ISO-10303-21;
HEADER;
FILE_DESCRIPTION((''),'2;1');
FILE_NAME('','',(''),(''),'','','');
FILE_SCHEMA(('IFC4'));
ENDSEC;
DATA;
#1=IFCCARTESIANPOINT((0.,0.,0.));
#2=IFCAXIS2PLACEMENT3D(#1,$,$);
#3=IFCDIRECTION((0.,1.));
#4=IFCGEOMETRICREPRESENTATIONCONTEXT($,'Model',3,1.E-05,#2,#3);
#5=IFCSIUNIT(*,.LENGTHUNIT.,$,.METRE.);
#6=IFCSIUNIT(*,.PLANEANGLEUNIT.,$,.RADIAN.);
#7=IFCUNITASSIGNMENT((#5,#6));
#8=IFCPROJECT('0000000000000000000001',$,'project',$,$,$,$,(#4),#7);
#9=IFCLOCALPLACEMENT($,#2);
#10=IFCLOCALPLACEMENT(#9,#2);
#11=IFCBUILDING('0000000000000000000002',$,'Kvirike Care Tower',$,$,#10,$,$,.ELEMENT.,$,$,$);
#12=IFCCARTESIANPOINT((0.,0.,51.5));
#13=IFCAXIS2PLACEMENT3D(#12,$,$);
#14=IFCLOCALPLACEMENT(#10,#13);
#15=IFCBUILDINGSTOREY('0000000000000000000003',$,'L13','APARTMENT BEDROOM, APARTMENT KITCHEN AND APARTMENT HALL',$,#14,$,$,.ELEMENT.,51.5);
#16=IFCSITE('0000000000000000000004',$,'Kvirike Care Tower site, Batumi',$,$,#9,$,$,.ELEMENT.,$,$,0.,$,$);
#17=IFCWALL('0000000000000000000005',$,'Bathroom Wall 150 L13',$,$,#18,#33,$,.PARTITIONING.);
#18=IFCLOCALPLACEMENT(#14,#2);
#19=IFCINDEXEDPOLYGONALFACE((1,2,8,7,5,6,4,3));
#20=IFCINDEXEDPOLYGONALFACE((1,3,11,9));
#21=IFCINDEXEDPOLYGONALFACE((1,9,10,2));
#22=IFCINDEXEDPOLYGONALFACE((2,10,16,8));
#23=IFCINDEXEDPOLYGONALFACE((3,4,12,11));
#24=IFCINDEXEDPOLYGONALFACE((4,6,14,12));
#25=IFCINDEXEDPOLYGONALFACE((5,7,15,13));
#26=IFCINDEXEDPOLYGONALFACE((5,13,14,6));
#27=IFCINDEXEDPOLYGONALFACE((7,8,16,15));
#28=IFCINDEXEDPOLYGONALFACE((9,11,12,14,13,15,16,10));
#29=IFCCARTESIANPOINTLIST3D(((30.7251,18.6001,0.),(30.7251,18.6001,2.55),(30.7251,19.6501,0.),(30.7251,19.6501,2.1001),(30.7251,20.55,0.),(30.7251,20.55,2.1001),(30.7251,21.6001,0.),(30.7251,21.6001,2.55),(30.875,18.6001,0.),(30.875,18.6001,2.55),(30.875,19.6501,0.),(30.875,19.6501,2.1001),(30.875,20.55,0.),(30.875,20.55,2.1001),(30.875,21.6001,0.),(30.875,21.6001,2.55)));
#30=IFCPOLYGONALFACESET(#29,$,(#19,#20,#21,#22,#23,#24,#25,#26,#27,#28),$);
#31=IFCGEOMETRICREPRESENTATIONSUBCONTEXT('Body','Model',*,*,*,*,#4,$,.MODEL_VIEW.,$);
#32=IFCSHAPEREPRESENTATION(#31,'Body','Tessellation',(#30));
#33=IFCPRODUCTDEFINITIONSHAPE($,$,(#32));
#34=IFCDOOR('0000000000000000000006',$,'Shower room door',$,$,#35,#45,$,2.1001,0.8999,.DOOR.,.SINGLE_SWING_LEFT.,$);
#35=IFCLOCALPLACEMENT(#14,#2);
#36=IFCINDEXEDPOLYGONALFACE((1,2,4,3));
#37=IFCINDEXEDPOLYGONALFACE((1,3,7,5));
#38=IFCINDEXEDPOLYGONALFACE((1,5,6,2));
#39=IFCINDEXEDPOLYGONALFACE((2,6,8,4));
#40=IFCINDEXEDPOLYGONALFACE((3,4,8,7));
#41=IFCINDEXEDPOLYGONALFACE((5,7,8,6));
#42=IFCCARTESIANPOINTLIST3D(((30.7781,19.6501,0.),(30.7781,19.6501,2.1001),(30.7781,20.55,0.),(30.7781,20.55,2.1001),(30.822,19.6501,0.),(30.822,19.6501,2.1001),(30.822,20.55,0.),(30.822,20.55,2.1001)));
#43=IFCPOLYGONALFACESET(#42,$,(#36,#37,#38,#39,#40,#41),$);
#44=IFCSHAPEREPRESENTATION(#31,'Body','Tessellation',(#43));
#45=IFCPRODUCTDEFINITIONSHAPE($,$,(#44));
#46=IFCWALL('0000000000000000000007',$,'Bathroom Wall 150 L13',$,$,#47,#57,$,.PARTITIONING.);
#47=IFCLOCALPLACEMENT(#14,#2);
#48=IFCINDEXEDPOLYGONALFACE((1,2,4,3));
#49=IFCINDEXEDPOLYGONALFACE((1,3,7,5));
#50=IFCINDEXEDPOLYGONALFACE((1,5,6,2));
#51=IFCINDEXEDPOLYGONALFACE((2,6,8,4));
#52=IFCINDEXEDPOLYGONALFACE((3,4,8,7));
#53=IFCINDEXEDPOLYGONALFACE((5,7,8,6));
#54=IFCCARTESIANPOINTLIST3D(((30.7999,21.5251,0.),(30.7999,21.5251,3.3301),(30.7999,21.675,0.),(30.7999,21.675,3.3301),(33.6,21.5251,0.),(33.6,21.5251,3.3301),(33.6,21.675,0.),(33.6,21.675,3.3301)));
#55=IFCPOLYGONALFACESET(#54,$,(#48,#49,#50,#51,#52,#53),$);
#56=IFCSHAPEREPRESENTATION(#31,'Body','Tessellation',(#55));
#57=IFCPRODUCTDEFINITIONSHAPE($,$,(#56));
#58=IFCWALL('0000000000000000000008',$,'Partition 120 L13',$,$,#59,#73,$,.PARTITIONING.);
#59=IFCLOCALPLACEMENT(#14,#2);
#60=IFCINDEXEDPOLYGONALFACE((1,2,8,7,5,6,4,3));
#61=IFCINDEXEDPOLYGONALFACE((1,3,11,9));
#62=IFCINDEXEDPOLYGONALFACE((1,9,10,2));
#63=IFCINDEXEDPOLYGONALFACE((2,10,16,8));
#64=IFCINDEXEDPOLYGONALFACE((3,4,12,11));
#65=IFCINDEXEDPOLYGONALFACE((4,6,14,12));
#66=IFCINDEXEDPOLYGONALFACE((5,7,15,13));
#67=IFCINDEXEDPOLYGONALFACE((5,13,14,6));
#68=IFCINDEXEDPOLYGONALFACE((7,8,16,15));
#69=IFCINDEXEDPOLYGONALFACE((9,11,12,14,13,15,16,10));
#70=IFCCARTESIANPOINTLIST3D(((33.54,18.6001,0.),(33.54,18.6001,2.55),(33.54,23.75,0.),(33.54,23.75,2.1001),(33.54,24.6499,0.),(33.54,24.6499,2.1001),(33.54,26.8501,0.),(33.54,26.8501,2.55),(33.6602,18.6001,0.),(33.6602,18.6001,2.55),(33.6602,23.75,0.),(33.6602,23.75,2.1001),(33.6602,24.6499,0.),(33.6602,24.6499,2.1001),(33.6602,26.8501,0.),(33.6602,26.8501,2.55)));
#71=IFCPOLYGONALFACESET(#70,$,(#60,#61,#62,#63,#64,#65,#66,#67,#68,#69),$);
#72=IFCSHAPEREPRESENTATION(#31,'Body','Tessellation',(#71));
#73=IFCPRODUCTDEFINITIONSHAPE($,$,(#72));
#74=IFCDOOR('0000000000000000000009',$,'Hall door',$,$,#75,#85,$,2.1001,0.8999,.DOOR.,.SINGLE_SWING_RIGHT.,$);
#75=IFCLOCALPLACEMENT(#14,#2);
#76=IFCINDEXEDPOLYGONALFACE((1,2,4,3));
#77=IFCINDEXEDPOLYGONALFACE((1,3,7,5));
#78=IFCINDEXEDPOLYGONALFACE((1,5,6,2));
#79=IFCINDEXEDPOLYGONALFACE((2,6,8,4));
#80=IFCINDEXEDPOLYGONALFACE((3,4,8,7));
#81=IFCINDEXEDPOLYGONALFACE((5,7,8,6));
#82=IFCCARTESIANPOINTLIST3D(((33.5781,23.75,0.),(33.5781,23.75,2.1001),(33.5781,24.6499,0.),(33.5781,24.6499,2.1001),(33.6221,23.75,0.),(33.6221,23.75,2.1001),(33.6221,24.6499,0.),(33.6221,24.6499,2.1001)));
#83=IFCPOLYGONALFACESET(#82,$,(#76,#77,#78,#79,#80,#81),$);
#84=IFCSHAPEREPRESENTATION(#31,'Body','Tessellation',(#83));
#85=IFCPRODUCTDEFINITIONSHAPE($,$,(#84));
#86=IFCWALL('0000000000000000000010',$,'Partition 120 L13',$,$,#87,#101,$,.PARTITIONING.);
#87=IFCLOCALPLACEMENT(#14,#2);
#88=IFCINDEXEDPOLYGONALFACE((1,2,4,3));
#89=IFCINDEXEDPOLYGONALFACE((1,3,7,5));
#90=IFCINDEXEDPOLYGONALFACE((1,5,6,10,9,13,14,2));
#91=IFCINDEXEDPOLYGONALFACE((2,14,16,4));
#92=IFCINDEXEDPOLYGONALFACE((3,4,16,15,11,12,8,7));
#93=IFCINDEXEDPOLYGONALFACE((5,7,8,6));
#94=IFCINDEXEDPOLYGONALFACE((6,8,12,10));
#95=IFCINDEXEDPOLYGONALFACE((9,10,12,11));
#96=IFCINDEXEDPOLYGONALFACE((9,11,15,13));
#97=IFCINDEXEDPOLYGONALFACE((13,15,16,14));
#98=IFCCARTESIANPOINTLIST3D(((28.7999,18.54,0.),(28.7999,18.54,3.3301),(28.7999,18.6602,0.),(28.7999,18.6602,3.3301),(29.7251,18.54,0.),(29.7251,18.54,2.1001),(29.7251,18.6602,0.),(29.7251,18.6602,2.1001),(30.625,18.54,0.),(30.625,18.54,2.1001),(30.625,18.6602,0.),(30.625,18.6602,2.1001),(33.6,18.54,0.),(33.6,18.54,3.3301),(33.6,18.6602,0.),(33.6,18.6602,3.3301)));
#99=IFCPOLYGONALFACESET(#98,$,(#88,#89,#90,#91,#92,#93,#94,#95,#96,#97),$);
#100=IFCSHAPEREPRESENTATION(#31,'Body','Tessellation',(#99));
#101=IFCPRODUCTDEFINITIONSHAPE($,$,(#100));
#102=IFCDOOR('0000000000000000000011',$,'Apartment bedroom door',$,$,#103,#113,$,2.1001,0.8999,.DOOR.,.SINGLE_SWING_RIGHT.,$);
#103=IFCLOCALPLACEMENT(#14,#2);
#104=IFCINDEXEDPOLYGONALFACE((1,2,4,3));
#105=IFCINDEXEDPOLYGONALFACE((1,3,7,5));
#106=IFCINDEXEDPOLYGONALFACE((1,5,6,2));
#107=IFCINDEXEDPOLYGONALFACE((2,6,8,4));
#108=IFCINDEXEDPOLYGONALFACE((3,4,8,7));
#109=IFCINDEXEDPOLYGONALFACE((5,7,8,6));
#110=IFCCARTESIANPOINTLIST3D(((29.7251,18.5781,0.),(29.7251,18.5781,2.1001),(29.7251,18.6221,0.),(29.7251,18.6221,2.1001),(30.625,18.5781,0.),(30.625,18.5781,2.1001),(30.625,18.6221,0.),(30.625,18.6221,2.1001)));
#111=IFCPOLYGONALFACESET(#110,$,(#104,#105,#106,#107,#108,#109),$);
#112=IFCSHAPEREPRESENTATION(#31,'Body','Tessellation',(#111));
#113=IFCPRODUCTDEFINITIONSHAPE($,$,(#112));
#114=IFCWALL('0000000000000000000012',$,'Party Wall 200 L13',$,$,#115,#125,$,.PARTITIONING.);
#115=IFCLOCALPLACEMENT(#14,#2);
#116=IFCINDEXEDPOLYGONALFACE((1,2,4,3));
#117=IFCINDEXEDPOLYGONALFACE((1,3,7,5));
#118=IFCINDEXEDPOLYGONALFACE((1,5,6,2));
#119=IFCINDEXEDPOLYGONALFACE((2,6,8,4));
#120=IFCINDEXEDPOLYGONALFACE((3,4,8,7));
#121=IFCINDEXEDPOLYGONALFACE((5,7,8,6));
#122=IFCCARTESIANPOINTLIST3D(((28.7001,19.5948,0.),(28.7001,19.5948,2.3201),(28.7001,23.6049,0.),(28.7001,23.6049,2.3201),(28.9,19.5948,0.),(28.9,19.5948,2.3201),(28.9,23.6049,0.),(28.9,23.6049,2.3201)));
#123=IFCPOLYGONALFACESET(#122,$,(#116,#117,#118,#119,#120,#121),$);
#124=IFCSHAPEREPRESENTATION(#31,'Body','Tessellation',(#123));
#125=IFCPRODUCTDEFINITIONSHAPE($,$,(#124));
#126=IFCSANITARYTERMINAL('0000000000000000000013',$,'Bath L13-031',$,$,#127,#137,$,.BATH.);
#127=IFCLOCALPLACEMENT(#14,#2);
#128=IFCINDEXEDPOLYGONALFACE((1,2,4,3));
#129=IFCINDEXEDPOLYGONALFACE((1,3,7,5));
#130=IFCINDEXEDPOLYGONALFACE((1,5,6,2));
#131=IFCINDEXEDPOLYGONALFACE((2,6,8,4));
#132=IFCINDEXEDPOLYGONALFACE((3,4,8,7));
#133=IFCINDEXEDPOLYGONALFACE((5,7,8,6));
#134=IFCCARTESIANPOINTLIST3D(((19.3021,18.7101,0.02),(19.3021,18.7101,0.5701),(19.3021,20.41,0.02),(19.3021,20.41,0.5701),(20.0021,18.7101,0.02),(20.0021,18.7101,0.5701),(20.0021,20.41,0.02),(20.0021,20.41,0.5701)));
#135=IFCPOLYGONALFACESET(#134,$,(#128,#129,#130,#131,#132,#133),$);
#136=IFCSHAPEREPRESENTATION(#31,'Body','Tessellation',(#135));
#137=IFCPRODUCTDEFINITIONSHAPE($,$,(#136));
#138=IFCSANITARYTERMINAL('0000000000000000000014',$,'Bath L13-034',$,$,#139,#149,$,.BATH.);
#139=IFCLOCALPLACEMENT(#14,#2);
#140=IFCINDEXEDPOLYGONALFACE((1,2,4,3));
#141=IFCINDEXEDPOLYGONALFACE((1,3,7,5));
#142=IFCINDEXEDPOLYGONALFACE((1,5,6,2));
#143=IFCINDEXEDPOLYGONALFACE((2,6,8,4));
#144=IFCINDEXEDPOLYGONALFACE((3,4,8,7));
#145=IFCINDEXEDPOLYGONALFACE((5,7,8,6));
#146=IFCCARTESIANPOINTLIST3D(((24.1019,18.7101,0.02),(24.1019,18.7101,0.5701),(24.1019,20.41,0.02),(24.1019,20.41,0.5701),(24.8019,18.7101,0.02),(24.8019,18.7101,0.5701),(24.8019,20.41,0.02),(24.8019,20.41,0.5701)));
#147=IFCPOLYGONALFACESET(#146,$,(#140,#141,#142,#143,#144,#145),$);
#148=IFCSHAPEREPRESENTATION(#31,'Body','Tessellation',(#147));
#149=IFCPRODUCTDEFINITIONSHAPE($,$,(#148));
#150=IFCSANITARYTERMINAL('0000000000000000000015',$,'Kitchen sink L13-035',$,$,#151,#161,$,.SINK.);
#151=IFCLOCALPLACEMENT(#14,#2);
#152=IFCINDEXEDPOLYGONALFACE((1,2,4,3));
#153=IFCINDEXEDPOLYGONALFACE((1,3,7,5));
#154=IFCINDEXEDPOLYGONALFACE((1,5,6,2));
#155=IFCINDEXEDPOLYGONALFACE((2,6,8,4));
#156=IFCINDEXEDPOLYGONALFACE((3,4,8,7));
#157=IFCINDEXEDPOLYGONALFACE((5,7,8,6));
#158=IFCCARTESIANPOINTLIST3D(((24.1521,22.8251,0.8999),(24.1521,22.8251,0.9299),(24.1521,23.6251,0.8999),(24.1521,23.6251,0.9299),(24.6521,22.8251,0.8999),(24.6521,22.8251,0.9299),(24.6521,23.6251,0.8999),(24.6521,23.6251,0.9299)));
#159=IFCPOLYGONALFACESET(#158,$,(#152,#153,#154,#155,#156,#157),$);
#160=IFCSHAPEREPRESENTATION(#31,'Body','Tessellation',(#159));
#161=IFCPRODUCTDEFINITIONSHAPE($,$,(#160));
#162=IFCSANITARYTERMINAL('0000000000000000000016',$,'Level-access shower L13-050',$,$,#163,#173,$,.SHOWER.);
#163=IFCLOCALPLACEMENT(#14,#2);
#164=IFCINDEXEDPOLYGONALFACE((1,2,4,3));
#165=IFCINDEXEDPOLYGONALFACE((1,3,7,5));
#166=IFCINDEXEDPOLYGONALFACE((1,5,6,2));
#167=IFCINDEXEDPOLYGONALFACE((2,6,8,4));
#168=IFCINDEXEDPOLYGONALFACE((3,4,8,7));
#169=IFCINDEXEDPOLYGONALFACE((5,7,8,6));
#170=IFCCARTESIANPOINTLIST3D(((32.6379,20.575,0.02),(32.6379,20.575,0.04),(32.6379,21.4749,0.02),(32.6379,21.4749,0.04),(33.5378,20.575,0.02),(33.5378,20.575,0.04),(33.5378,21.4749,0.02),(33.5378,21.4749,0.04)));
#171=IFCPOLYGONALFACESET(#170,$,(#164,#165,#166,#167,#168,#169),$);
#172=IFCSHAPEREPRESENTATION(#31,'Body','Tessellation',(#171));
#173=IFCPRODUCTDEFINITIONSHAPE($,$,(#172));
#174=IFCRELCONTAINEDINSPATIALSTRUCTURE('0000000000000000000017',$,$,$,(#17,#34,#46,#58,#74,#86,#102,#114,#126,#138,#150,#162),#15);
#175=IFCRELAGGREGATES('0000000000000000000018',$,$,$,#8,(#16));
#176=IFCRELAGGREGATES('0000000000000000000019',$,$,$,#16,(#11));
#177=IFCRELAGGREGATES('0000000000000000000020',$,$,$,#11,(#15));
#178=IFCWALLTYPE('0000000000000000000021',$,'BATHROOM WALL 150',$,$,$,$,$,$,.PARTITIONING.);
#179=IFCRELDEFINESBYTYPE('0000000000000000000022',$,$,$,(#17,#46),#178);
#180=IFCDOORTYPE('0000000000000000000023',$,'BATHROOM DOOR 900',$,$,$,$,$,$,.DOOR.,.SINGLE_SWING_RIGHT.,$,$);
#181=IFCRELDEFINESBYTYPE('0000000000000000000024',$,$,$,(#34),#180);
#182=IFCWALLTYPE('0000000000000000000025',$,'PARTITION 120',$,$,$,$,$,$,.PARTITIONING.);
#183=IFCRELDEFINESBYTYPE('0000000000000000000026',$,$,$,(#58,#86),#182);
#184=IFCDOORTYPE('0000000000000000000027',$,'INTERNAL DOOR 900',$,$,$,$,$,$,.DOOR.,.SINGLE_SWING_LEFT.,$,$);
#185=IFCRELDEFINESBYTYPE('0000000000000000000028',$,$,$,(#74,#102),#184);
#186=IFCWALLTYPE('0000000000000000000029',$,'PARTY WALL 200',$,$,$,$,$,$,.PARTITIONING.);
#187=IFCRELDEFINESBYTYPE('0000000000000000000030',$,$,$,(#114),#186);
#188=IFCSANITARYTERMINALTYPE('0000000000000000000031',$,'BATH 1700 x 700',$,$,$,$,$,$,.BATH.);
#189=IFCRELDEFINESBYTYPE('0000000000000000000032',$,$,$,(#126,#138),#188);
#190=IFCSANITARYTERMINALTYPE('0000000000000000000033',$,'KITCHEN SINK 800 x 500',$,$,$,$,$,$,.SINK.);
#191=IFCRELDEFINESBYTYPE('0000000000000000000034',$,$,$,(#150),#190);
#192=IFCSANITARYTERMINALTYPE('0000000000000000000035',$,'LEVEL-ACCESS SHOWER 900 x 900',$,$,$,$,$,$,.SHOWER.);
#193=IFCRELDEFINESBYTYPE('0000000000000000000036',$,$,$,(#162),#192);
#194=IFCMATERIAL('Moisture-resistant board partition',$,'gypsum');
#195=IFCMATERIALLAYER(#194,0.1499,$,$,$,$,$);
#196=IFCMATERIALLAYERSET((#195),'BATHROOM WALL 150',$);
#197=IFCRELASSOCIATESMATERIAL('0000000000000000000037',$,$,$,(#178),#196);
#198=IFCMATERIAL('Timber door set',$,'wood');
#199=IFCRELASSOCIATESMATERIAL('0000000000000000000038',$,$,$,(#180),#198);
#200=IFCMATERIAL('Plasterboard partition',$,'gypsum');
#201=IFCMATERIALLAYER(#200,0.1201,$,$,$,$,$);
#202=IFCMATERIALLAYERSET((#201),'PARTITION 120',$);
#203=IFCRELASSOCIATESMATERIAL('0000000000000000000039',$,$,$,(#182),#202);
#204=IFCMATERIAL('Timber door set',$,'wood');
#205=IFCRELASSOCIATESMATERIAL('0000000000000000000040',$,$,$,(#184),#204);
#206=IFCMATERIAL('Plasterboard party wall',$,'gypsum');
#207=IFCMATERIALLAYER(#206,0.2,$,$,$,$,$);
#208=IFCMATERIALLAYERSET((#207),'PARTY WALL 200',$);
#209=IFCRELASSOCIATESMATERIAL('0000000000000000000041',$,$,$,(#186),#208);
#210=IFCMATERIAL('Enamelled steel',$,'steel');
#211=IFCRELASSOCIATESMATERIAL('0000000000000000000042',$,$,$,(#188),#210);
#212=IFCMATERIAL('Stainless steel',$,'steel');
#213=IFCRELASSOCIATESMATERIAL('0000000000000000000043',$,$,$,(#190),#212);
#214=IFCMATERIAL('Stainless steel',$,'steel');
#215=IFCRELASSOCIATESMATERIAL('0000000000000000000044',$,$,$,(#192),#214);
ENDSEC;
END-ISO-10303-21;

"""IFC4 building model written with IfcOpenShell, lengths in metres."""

from ifc_helpers import new_model, si_unit, direction, frame, frame_2d, origin, origin_2d, place, context, subcontext, project, spatial, rectangle, extrude, material, layer, layer_set, type_object, element, fill, save


model = new_model("IFC4")

# Units and contexts
model_context = context("Model", 3, precision=1e-05, world=origin(), true_north=direction((0.0, 1.0)))
body_context = subcontext(model_context, "Body", "Model", "MODEL_VIEW")
ifc_project = project(units=[si_unit("LENGTHUNIT", "METRE"), si_unit("PLANEANGLEUNIT", "RADIAN")], contexts=[model_context])

# Site, building, storey
site_placement = place(None, origin())
site = spatial("IfcSite", under=ifc_project, at=site_placement, Name="Kvirike Care Tower site, Batumi", CompositionType="ELEMENT", RefElevation=0.0)
building_placement = place(site_placement, origin())
building = spatial("IfcBuilding", under=site, at=building_placement, Name="Kvirike Care Tower", CompositionType="ELEMENT")
storey_placement = place(building_placement, frame((0.0, 0.0, 51.5)))
storey = spatial("IfcBuildingStorey", under=building, at=storey_placement, Name="L13", Description="APARTMENT BEDROOM, APARTMENT KITCHEN AND APARTMENT HALL", CompositionType="ELEMENT", Elevation=51.5)

# Shared definitions
ifc_material_1 = material(Name="Moisture-resistant board partition", Category="gypsum")
ifc_layer_1 = layer(ifc_material_1, 0.1499)
ifc_layer_set_1 = layer_set([ifc_layer_1], Name="BATHROOM WALL 150")
wall_type_1 = type_object("IfcWallType", Name="BATHROOM WALL 150", PredefinedType="PARTITIONING", material=ifc_layer_set_1)

# Wall, opening, door
wall_1_placement = place(storey_placement, frame((30.8, 18.6001, 0.0), z_axis=(0.0, 0.0, 1.0), x_axis=(0.0, 1.0, 0.0)))
wall_1 = element("IfcWall", 1, at=wall_1_placement, inside=storey, type_object=wall_type_1, Name="Bathroom Wall 150 L13", PredefinedType="PARTITIONING", context=body_context, shape_type="SweptSolid", body=[
    extrude(rectangle(XDim=3.0, YDim=0.1499, at=frame_2d((1.5, 0.0))), origin(), (0.0, 0.0, 1.0), 2.55),
])
opening_1_placement = place(wall_1_placement, frame((1.05, 0.0, 0.0)))
opening_1 = element("IfcOpeningElement", 2, at=opening_1_placement, cuts=wall_1, PredefinedType="OPENING", context=body_context, shape_type="SweptSolid", body=[
    extrude(rectangle(XDim=0.8999, YDim=2.1001, at=frame_2d((0.45, 1.05))), frame((0.0, 0.0854, 0.0), z_axis=(0.0, -1.0, 0.0), x_axis=(1.0, 0.0, 0.0)), (0.0, 0.0, 1.0), 0.1709),
])
ifc_material_2 = material(Name="Timber door set", Category="wood")
door_type_1 = type_object("IfcDoorType", Name="BATHROOM DOOR 900", OperationType="SINGLE_SWING_RIGHT", PredefinedType="DOOR", material=ifc_material_2)
door_1_placement = place(opening_1_placement, frame((0.8999, 0.0, 0.0), z_axis=(0.0, 0.0, 1.0), x_axis=(-1.0, 0.0, 0.0)))
door_1 = element("IfcDoor", 3, at=door_1_placement, inside=storey, type_object=door_type_1, Name="Shower room door", OperationType="SINGLE_SWING_LEFT", OverallHeight=2.1001, OverallWidth=0.8999, PredefinedType="DOOR", context=body_context, shape_type="SweptSolid", body=[
    extrude(rectangle(XDim=0.8999, YDim=2.1001, at=frame_2d((0.45, 1.05))), frame((0.0, 0.022, 0.0), z_axis=(0.0, -1.0, 0.0), x_axis=(1.0, 0.0, 0.0)), (0.0, 0.0, 1.0), 0.0439),
])
fill(opening_1, door_1)

# Wall
wall_2_placement = place(storey_placement, frame((30.8, 21.6001, 0.0), z_axis=(0.0, 0.0, 1.0), x_axis=(1.0, 0.0, 0.0)))
element("IfcWall", 4, at=wall_2_placement, inside=storey, type_object=wall_type_1, Name="Bathroom Wall 150 L13", PredefinedType="PARTITIONING", context=body_context, shape_type="SweptSolid", body=[
    extrude(rectangle(XDim=2.8, YDim=0.1499, at=frame_2d((1.3999, 0.0))), origin(), (0.0, 0.0, 1.0), 3.3301),
])

# Walls, openings, doors
ifc_material_3 = material(Name="Plasterboard partition", Category="gypsum")
ifc_layer_2 = layer(ifc_material_3, 0.1201)
ifc_layer_set_2 = layer_set([ifc_layer_2], Name="PARTITION 120")
wall_type_2 = type_object("IfcWallType", Name="PARTITION 120", PredefinedType="PARTITIONING", material=ifc_layer_set_2)
wall_3_placement = place(storey_placement, frame((33.6001, 18.6001, 0.0), z_axis=(0.0, 0.0, 1.0), x_axis=(0.0, 1.0, 0.0)))
wall_3 = element("IfcWall", 5, at=wall_3_placement, inside=storey, type_object=wall_type_2, Name="Partition 120 L13", PredefinedType="PARTITIONING", context=body_context, shape_type="SweptSolid", body=[
    extrude(rectangle(XDim=8.25, YDim=0.1201, at=frame_2d((4.125, 0.0))), origin(), (0.0, 0.0, 1.0), 2.55),
])
opening_2_placement = place(wall_3_placement, frame((5.1499, 0.0, 0.0)))
opening_2 = element("IfcOpeningElement", 6, at=opening_2_placement, cuts=wall_3, PredefinedType="OPENING", context=body_context, shape_type="SweptSolid", body=[
    extrude(rectangle(XDim=0.8999, YDim=2.1001, at=frame_2d((0.45, 1.05))), frame((0.0, 0.0706, 0.0), z_axis=(0.0, -1.0, 0.0), x_axis=(1.0, 0.0, 0.0)), (0.0, 0.0, 1.0), 0.1411),
])
ifc_material_4 = material(Name="Timber door set", Category="wood")
door_type_2 = type_object("IfcDoorType", Name="INTERNAL DOOR 900", OperationType="SINGLE_SWING_LEFT", PredefinedType="DOOR", material=ifc_material_4)
door_2_placement = place(opening_2_placement, origin())
door_2 = element("IfcDoor", 7, at=door_2_placement, inside=storey, type_object=door_type_2, Name="Hall door", OperationType="SINGLE_SWING_RIGHT", OverallHeight=2.1001, OverallWidth=0.8999, PredefinedType="DOOR", context=body_context, shape_type="SweptSolid", body=[
    extrude(rectangle(XDim=0.8999, YDim=2.1001, at=frame_2d((0.45, 1.05))), frame((0.0, 0.022, 0.0), z_axis=(0.0, -1.0, 0.0), x_axis=(1.0, 0.0, 0.0)), (0.0, 0.0, 1.0), 0.0439),
])
fill(opening_2, door_2)
wall_4_placement = place(storey_placement, frame((28.8, 18.6001, 0.0), z_axis=(0.0, 0.0, 1.0), x_axis=(1.0, 0.0, 0.0)))
wall_4 = element("IfcWall", 8, at=wall_4_placement, inside=storey, type_object=wall_type_2, Name="Partition 120 L13", PredefinedType="PARTITIONING", context=body_context, shape_type="SweptSolid", body=[
    extrude(rectangle(XDim=4.8, YDim=0.1201, at=frame_2d((2.3999, 0.0))), origin(), (0.0, 0.0, 1.0), 3.3301),
])
opening_3_placement = place(wall_4_placement, frame((0.925, 0.0, 0.0)))
opening_3 = element("IfcOpeningElement", 9, at=opening_3_placement, cuts=wall_4, PredefinedType="OPENING", context=body_context, shape_type="SweptSolid", body=[
    extrude(rectangle(XDim=0.8999, YDim=2.1001, at=frame_2d((0.45, 1.05))), frame((0.0, 0.0706, 0.0), z_axis=(0.0, -1.0, 0.0), x_axis=(1.0, 0.0, 0.0)), (0.0, 0.0, 1.0), 0.1411),
])
door_3_placement = place(opening_3_placement, frame((0.8999, 0.0, 0.0), z_axis=(0.0, 0.0, 1.0), x_axis=(-1.0, 0.0, 0.0)))
door_3 = element("IfcDoor", 10, at=door_3_placement, inside=storey, type_object=door_type_2, Name="Apartment bedroom door", OperationType="SINGLE_SWING_RIGHT", OverallHeight=2.1001, OverallWidth=0.8999, PredefinedType="DOOR", context=body_context, shape_type="SweptSolid", body=[
    extrude(rectangle(XDim=0.8999, YDim=2.1001, at=frame_2d((0.45, 1.05))), frame((0.0, 0.022, 0.0), z_axis=(0.0, -1.0, 0.0), x_axis=(1.0, 0.0, 0.0)), (0.0, 0.0, 1.0), 0.0439),
])
fill(opening_3, door_3)

# Wall
ifc_material_5 = material(Name="Plasterboard party wall", Category="gypsum")
ifc_layer_3 = layer(ifc_material_5, 0.2)
ifc_layer_set_3 = layer_set([ifc_layer_3], Name="PARTY WALL 200")
wall_type_3 = type_object("IfcWallType", Name="PARTY WALL 200", PredefinedType="PARTITIONING", material=ifc_layer_set_3)
wall_5_placement = place(storey_placement, frame((28.8, 19.595, 0.0), z_axis=(0.0, 0.0, 1.0), x_axis=(0.0, 1.0, 0.0)))
element("IfcWall", 11, at=wall_5_placement, inside=storey, type_object=wall_type_3, Name="Party Wall 200 L13", PredefinedType="PARTITIONING", context=body_context, shape_type="SweptSolid", body=[
    extrude(rectangle(XDim=4.01, YDim=0.2, at=frame_2d((2.0049, 0.0))), origin(), (0.0, 0.0, 1.0), 2.3201),
])

# Sanitary terminals
ifc_material_6 = material(Name="Enamelled steel", Category="steel")
sanitary_terminal_type_1 = type_object("IfcSanitaryTerminalType", Name="BATH 1700 x 700", PredefinedType="BATH", material=ifc_material_6)
for number, where, z_axis, x_axis, name in (
    (12, (19.6521, 19.5601, 0.02), (0.0, 0.0, 1.0), (0.0, 1.0, 0.0), "Bath L13-031"),
    (13, (24.4519, 19.5601, 0.02), (0.0, 0.0, 1.0), (0.0, 1.0, 0.0), "Bath L13-034"),
):
    element("IfcSanitaryTerminal", number, at=place(storey_placement, frame(where, z_axis=z_axis, x_axis=x_axis)), inside=storey, type_object=sanitary_terminal_type_1, Name=name, PredefinedType="BATH", context=body_context, shape_type="SweptSolid", body=[
        extrude(rectangle(XDim=1.7, YDim=0.7, at=origin_2d()), origin(), (0.0, 0.0, 1.0), 0.55),
    ])
ifc_material_7 = material(Name="Stainless steel", Category="steel")
sanitary_terminal_type_2 = type_object("IfcSanitaryTerminalType", Name="KITCHEN SINK 800 x 500", PredefinedType="SINK", material=ifc_material_7)
sanitary_terminal_1_placement = place(storey_placement, frame((24.4021, 23.2251, 0.8999), z_axis=(0.0, 0.0, 1.0), x_axis=(0.0, 1.0, 0.0)))
element("IfcSanitaryTerminal", 14, at=sanitary_terminal_1_placement, inside=storey, type_object=sanitary_terminal_type_2, Name="Kitchen sink L13-035", PredefinedType="SINK", context=body_context, shape_type="SweptSolid", body=[
    extrude(rectangle(XDim=0.8, YDim=0.5, at=origin_2d()), origin(), (0.0, 0.0, 1.0), 0.03),
])
ifc_material_8 = material(Name="Stainless steel", Category="steel")
sanitary_terminal_type_3 = type_object("IfcSanitaryTerminalType", Name="LEVEL-ACCESS SHOWER 900 x 900", PredefinedType="SHOWER", material=ifc_material_8)
sanitary_terminal_2_placement = place(storey_placement, frame((33.0879, 21.0249, 0.02), z_axis=(0.0, 0.0, 1.0), x_axis=(0.0, -1.0, 0.0)))
element("IfcSanitaryTerminal", 15, at=sanitary_terminal_2_placement, inside=storey, type_object=sanitary_terminal_type_3, Name="Level-access shower L13-050", PredefinedType="SHOWER", context=body_context, shape_type="SweptSolid", body=[
    extrude(rectangle(XDim=0.8999, YDim=0.8999, at=origin_2d()), origin(), (0.0, 0.0, 1.0), 0.02),
])

save(model, "model.ifc")
